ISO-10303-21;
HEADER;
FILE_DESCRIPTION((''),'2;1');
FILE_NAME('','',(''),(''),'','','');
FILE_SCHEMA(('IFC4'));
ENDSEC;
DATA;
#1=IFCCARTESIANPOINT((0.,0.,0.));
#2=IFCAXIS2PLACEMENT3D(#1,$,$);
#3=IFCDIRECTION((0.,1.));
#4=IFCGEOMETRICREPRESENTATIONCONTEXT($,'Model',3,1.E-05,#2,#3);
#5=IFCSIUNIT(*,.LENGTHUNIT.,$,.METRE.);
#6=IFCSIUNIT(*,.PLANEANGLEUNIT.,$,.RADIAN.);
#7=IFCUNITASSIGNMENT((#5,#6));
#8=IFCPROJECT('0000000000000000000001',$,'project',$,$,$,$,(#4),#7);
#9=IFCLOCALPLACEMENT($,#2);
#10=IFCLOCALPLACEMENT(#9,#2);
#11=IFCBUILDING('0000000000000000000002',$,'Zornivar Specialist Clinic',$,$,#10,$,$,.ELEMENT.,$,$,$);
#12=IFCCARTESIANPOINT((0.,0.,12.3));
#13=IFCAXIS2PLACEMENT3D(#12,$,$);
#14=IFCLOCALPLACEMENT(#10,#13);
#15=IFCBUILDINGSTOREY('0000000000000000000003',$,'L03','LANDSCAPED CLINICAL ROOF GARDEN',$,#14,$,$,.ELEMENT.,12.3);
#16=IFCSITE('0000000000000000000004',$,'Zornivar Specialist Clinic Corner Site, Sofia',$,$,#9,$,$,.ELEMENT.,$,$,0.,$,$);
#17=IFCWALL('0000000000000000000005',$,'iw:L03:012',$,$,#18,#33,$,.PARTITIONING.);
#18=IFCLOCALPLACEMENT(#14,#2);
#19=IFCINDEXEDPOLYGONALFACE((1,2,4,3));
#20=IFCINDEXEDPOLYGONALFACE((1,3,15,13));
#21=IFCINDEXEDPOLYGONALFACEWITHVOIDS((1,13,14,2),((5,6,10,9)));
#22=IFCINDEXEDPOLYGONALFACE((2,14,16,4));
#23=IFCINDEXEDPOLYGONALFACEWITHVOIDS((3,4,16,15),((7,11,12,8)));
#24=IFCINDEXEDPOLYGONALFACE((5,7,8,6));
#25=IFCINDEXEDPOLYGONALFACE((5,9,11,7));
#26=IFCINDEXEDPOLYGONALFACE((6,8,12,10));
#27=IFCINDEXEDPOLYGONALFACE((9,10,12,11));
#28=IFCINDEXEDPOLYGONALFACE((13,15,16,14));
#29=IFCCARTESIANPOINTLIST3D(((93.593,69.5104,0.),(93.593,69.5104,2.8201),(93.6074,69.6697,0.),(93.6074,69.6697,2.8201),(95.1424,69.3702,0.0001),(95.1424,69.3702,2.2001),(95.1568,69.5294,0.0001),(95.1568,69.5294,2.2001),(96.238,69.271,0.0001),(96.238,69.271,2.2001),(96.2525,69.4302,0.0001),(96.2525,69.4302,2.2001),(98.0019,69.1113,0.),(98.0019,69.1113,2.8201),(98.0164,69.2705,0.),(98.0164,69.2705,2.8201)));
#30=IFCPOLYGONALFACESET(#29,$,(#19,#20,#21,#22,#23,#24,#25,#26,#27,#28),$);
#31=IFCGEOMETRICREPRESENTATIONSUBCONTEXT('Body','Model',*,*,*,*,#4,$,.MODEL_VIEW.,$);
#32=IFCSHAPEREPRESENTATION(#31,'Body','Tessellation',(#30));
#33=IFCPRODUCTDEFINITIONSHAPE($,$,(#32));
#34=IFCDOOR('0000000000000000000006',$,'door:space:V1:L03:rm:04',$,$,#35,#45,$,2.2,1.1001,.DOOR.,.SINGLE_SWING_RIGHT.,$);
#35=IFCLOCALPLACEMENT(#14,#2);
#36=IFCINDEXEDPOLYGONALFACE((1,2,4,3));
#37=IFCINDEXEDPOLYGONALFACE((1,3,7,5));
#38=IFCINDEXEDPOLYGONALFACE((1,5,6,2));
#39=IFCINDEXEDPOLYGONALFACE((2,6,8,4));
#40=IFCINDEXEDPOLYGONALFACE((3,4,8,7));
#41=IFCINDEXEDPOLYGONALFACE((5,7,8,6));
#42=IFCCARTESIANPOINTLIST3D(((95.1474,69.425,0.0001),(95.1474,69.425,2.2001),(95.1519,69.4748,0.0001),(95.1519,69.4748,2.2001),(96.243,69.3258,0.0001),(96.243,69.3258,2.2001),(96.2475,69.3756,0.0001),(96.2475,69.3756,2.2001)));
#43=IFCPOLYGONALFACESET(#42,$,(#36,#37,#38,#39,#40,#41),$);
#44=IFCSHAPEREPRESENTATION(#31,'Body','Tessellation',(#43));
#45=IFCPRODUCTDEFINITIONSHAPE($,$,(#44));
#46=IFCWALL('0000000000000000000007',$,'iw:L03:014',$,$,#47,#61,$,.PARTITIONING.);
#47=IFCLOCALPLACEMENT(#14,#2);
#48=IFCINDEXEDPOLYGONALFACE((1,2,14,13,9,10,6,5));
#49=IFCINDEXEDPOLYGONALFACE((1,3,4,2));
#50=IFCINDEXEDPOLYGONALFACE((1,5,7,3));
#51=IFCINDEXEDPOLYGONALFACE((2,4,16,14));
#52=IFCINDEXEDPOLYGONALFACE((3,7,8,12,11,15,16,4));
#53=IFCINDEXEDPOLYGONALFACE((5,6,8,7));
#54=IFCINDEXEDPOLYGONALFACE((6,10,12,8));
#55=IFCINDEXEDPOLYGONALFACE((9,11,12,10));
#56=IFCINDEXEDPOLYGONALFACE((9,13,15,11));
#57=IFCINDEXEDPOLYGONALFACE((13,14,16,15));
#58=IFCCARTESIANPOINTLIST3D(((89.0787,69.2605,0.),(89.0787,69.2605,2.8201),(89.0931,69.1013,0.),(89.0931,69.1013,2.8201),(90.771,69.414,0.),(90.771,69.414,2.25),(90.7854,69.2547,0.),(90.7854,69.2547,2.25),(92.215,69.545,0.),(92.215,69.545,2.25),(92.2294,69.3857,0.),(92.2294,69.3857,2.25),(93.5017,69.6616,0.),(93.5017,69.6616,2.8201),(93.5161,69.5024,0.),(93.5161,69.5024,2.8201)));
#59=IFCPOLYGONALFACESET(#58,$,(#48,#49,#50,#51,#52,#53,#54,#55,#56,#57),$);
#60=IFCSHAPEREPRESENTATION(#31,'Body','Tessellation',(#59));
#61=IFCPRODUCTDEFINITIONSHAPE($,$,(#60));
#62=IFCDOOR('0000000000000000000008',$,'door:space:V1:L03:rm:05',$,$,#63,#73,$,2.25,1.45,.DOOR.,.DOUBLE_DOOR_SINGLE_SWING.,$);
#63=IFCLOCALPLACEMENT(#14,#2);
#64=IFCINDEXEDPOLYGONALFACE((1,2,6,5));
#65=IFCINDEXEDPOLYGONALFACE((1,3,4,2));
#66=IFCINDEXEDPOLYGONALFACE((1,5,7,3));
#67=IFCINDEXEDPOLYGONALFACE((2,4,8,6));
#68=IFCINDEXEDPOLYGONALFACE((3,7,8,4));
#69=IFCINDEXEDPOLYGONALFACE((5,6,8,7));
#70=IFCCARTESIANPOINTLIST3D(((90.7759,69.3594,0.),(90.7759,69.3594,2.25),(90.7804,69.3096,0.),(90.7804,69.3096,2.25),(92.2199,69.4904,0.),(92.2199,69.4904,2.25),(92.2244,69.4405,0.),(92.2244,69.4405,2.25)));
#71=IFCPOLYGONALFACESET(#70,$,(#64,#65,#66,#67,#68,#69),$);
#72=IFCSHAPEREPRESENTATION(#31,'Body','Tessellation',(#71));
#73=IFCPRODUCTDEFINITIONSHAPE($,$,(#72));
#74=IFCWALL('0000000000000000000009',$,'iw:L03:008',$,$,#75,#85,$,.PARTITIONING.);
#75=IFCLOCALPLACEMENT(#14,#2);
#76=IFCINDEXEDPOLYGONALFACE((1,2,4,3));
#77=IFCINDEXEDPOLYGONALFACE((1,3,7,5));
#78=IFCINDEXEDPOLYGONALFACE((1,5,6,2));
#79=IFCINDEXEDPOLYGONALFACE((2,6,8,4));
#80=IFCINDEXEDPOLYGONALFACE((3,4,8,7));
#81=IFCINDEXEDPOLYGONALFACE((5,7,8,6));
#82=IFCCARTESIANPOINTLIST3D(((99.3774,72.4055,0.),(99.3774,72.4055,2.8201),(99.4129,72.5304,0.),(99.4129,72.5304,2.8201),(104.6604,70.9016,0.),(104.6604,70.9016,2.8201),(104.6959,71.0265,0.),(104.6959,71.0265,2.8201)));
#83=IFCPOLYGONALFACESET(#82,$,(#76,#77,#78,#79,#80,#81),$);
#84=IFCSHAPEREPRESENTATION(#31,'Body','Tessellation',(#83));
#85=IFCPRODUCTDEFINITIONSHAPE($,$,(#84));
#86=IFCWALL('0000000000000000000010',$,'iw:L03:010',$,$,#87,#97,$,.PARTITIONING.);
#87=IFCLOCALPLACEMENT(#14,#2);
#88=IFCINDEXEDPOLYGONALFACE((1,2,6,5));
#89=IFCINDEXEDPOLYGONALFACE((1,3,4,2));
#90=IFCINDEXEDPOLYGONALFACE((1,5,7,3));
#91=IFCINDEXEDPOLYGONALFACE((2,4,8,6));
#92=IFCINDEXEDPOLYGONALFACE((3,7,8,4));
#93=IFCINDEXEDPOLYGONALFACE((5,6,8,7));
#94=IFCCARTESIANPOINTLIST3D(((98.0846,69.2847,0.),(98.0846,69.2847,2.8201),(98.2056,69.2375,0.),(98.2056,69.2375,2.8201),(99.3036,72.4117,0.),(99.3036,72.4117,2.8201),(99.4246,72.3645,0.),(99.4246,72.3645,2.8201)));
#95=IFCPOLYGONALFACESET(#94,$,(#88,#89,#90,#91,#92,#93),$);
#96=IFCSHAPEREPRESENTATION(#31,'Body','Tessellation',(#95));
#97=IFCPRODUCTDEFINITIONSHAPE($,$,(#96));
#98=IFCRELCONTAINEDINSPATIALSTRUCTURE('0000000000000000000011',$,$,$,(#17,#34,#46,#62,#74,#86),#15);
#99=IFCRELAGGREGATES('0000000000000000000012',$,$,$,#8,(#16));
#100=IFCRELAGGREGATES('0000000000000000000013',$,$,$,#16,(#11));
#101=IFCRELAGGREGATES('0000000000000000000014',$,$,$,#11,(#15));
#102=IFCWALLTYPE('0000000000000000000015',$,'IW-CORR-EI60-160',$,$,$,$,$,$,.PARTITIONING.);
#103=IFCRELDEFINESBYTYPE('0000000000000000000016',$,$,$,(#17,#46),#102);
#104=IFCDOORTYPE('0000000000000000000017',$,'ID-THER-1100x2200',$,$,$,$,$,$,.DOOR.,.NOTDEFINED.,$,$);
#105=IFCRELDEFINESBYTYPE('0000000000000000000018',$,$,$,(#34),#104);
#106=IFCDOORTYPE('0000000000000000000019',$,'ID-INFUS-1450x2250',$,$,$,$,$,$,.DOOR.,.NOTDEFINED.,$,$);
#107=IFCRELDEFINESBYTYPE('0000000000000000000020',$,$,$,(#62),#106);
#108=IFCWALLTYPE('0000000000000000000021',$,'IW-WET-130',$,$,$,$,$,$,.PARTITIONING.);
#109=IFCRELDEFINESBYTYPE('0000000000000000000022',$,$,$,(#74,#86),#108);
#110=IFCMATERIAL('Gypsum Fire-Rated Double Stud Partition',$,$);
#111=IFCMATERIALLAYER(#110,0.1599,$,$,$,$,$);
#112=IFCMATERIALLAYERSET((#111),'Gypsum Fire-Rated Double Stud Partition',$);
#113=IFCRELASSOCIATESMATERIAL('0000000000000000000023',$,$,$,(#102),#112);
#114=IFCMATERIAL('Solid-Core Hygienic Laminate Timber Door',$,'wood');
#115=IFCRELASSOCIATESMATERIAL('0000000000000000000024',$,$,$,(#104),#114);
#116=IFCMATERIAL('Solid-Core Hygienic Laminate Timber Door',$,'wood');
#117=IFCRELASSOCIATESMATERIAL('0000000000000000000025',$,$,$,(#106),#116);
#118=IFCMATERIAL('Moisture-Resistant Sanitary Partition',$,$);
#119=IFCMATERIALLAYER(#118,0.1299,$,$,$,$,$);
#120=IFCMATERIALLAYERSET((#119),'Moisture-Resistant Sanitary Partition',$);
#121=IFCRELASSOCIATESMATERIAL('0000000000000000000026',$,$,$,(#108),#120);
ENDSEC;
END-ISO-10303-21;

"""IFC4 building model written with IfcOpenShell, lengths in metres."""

from ifc_helpers import new_model, si_unit, direction, frame, frame_2d, origin, place, context, subcontext, project, spatial, rectangle, extrude, material, layer, layer_set, type_object, element, fill, save


model = new_model("IFC4")

# Units and contexts
model_context = context("Model", 3, precision=1e-05, world=origin(), true_north=direction((0.0, 1.0)))
body_context = subcontext(model_context, "Body", "Model", "MODEL_VIEW")
ifc_project = project(units=[si_unit("LENGTHUNIT", "METRE"), si_unit("PLANEANGLEUNIT", "RADIAN")], contexts=[model_context])

# Site, building, storey
site_placement = place(None, origin())
site = spatial("IfcSite", under=ifc_project, at=site_placement, Name="Zornivar Specialist Clinic Corner Site, Sofia", CompositionType="ELEMENT", RefElevation=0.0)
building_placement = place(site_placement, origin())
building = spatial("IfcBuilding", under=site, at=building_placement, Name="Zornivar Specialist Clinic", CompositionType="ELEMENT")
storey_placement = place(building_placement, frame((0.0, 0.0, 12.3)))
storey = spatial("IfcBuildingStorey", under=building, at=storey_placement, Name="L03", Description="LANDSCAPED CLINICAL ROOF GARDEN", CompositionType="ELEMENT", Elevation=12.3)

# Walls, openings, doors
ifc_material_1 = material(Name="Gypsum Fire-Rated Double Stud Partition")
ifc_layer_1 = layer(ifc_material_1, 0.1599)
ifc_layer_set_1 = layer_set([ifc_layer_1], Name="Gypsum Fire-Rated Double Stud Partition")
wall_type_1 = type_object("IfcWallType", Name="IW-CORR-EI60-160", PredefinedType="PARTITIONING", material=ifc_layer_set_1)
wall_1_placement = place(storey_placement, frame((98.009, 69.1909, 0.0), z_axis=(0.0, 0.0, 1.0), x_axis=(-0.995927, 0.090168, 0.0)))
wall_1 = element("IfcWall", 1, at=wall_1_placement, inside=storey, type_object=wall_type_1, Name="iw:L03:012", PredefinedType="PARTITIONING", context=body_context, shape_type="SweptSolid", body=[
    extrude(rectangle(XDim=4.427, YDim=0.1599, at=frame_2d((2.2134, 0.0))), origin(), (0.0, 0.0, 1.0), 2.8201),
])
opening_1_placement = place(wall_1_placement, frame((1.771, 0.0, 0.0)))
opening_1 = element("IfcOpeningElement", 2, at=opening_1_placement, cuts=wall_1, PredefinedType="OPENING", context=body_context, shape_type="SweptSolid", body=[
    extrude(rectangle(XDim=1.1001, YDim=2.2, at=frame_2d((0.55, 1.1001))), frame((0.0, 0.0898, 0.0), z_axis=(0.0, -1.0, 0.0), x_axis=(1.0, 0.0, 0.0)), (0.0, 0.0, 1.0), 0.1799),
])
ifc_material_2 = material(Name="Solid-Core Hygienic Laminate Timber Door", Category="wood")
door_type_1 = type_object("IfcDoorType", Name="ID-THER-1100x2200", OperationType="NOTDEFINED", PredefinedType="DOOR", material=ifc_material_2)
door_1_placement = place(opening_1_placement, origin())
door_1 = element("IfcDoor", 3, at=door_1_placement, inside=storey, type_object=door_type_1, Name="door:space:V1:L03:rm:04", OperationType="SINGLE_SWING_RIGHT", OverallHeight=2.2, OverallWidth=1.1001, PredefinedType="DOOR", context=body_context, shape_type="SweptSolid", body=[
    extrude(rectangle(XDim=1.1001, YDim=2.2, at=frame_2d((0.55, 1.1001))), frame((0.0, 0.0249, 0.0), z_axis=(0.0, -1.0, 0.0), x_axis=(1.0, 0.0, 0.0)), (0.0, 0.0, 1.0), 0.05),
])
fill(opening_1, door_1)
wall_2_placement = place(storey_placement, frame((93.509, 69.582, 0.0), z_axis=(0.0, 0.0, 1.0), x_axis=(-0.995913, -0.090318, 0.0)))
wall_2 = element("IfcWall", 4, at=wall_2_placement, inside=storey, type_object=wall_type_1, Name="iw:L03:014", PredefinedType="PARTITIONING", context=body_context, shape_type="SweptSolid", body=[
    extrude(rectangle(XDim=4.4412, YDim=0.1599, at=frame_2d((2.2207, 0.0))), origin(), (0.0, 0.0, 1.0), 2.8201),
])
opening_2_placement = place(wall_2_placement, frame((1.292, 0.0, 0.0)))
opening_2 = element("IfcOpeningElement", 5, at=opening_2_placement, cuts=wall_2, PredefinedType="OPENING", context=body_context, shape_type="SweptSolid", body=[
    extrude(rectangle(XDim=1.45, YDim=2.25, at=frame_2d((0.7251, 1.125))), frame((0.0, 0.0898, 0.0), z_axis=(0.0, -1.0, 0.0), x_axis=(1.0, 0.0, 0.0)), (0.0, 0.0, 1.0), 0.1799),
])
ifc_material_3 = material(Name="Solid-Core Hygienic Laminate Timber Door", Category="wood")
door_type_2 = type_object("IfcDoorType", Name="ID-INFUS-1450x2250", OperationType="NOTDEFINED", PredefinedType="DOOR", material=ifc_material_3)
door_2_placement = place(opening_2_placement, origin())
door_2 = element("IfcDoor", 6, at=door_2_placement, inside=storey, type_object=door_type_2, Name="door:space:V1:L03:rm:05", OperationType="DOUBLE_DOOR_SINGLE_SWING", OverallHeight=2.25, OverallWidth=1.45, PredefinedType="DOOR", context=body_context, shape_type="SweptSolid", body=[
    extrude(rectangle(XDim=1.45, YDim=2.25, at=frame_2d((0.7251, 1.125))), frame((0.0, 0.0249, 0.0), z_axis=(0.0, -1.0, 0.0), x_axis=(1.0, 0.0, 0.0)), (0.0, 0.0, 1.0), 0.05),
])
fill(opening_2, door_2)

# Walls
ifc_material_4 = material(Name="Moisture-Resistant Sanitary Partition")
ifc_layer_2 = layer(ifc_material_4, 0.1299)
ifc_layer_set_2 = layer_set([ifc_layer_2], Name="Moisture-Resistant Sanitary Partition")
wall_type_2 = type_object("IfcWallType", Name="IW-WET-130", PredefinedType="PARTITIONING", material=ifc_layer_set_2)
wall_3_placement = place(storey_placement, frame((99.395, 72.468, 0.0), z_axis=(0.0, 0.0, 1.0), x_axis=(0.961789, -0.273793, 0.0)))
element("IfcWall", 7, at=wall_3_placement, inside=storey, type_object=wall_type_2, Name="iw:L03:008", PredefinedType="PARTITIONING", context=body_context, shape_type="SweptSolid", body=[
    extrude(rectangle(XDim=5.4929, YDim=0.1299, at=frame_2d((2.7466, 0.0))), origin(), (0.0, 0.0, 1.0), 2.8201),
])
wall_4_placement = place(storey_placement, frame((98.145, 69.261, 0.0), z_axis=(0.0, 0.0, 1.0), x_axis=(0.363211, 0.931707, 0.0)))
element("IfcWall", 8, at=wall_4_placement, inside=storey, type_object=wall_type_2, Name="iw:L03:010", PredefinedType="PARTITIONING", context=body_context, shape_type="SweptSolid", body=[
    extrude(rectangle(XDim=3.3562, YDim=0.1299, at=frame_2d((1.6782, 0.0))), origin(), (0.0, 0.0, 1.0), 2.8201),
])

save(model, "model.ifc")
